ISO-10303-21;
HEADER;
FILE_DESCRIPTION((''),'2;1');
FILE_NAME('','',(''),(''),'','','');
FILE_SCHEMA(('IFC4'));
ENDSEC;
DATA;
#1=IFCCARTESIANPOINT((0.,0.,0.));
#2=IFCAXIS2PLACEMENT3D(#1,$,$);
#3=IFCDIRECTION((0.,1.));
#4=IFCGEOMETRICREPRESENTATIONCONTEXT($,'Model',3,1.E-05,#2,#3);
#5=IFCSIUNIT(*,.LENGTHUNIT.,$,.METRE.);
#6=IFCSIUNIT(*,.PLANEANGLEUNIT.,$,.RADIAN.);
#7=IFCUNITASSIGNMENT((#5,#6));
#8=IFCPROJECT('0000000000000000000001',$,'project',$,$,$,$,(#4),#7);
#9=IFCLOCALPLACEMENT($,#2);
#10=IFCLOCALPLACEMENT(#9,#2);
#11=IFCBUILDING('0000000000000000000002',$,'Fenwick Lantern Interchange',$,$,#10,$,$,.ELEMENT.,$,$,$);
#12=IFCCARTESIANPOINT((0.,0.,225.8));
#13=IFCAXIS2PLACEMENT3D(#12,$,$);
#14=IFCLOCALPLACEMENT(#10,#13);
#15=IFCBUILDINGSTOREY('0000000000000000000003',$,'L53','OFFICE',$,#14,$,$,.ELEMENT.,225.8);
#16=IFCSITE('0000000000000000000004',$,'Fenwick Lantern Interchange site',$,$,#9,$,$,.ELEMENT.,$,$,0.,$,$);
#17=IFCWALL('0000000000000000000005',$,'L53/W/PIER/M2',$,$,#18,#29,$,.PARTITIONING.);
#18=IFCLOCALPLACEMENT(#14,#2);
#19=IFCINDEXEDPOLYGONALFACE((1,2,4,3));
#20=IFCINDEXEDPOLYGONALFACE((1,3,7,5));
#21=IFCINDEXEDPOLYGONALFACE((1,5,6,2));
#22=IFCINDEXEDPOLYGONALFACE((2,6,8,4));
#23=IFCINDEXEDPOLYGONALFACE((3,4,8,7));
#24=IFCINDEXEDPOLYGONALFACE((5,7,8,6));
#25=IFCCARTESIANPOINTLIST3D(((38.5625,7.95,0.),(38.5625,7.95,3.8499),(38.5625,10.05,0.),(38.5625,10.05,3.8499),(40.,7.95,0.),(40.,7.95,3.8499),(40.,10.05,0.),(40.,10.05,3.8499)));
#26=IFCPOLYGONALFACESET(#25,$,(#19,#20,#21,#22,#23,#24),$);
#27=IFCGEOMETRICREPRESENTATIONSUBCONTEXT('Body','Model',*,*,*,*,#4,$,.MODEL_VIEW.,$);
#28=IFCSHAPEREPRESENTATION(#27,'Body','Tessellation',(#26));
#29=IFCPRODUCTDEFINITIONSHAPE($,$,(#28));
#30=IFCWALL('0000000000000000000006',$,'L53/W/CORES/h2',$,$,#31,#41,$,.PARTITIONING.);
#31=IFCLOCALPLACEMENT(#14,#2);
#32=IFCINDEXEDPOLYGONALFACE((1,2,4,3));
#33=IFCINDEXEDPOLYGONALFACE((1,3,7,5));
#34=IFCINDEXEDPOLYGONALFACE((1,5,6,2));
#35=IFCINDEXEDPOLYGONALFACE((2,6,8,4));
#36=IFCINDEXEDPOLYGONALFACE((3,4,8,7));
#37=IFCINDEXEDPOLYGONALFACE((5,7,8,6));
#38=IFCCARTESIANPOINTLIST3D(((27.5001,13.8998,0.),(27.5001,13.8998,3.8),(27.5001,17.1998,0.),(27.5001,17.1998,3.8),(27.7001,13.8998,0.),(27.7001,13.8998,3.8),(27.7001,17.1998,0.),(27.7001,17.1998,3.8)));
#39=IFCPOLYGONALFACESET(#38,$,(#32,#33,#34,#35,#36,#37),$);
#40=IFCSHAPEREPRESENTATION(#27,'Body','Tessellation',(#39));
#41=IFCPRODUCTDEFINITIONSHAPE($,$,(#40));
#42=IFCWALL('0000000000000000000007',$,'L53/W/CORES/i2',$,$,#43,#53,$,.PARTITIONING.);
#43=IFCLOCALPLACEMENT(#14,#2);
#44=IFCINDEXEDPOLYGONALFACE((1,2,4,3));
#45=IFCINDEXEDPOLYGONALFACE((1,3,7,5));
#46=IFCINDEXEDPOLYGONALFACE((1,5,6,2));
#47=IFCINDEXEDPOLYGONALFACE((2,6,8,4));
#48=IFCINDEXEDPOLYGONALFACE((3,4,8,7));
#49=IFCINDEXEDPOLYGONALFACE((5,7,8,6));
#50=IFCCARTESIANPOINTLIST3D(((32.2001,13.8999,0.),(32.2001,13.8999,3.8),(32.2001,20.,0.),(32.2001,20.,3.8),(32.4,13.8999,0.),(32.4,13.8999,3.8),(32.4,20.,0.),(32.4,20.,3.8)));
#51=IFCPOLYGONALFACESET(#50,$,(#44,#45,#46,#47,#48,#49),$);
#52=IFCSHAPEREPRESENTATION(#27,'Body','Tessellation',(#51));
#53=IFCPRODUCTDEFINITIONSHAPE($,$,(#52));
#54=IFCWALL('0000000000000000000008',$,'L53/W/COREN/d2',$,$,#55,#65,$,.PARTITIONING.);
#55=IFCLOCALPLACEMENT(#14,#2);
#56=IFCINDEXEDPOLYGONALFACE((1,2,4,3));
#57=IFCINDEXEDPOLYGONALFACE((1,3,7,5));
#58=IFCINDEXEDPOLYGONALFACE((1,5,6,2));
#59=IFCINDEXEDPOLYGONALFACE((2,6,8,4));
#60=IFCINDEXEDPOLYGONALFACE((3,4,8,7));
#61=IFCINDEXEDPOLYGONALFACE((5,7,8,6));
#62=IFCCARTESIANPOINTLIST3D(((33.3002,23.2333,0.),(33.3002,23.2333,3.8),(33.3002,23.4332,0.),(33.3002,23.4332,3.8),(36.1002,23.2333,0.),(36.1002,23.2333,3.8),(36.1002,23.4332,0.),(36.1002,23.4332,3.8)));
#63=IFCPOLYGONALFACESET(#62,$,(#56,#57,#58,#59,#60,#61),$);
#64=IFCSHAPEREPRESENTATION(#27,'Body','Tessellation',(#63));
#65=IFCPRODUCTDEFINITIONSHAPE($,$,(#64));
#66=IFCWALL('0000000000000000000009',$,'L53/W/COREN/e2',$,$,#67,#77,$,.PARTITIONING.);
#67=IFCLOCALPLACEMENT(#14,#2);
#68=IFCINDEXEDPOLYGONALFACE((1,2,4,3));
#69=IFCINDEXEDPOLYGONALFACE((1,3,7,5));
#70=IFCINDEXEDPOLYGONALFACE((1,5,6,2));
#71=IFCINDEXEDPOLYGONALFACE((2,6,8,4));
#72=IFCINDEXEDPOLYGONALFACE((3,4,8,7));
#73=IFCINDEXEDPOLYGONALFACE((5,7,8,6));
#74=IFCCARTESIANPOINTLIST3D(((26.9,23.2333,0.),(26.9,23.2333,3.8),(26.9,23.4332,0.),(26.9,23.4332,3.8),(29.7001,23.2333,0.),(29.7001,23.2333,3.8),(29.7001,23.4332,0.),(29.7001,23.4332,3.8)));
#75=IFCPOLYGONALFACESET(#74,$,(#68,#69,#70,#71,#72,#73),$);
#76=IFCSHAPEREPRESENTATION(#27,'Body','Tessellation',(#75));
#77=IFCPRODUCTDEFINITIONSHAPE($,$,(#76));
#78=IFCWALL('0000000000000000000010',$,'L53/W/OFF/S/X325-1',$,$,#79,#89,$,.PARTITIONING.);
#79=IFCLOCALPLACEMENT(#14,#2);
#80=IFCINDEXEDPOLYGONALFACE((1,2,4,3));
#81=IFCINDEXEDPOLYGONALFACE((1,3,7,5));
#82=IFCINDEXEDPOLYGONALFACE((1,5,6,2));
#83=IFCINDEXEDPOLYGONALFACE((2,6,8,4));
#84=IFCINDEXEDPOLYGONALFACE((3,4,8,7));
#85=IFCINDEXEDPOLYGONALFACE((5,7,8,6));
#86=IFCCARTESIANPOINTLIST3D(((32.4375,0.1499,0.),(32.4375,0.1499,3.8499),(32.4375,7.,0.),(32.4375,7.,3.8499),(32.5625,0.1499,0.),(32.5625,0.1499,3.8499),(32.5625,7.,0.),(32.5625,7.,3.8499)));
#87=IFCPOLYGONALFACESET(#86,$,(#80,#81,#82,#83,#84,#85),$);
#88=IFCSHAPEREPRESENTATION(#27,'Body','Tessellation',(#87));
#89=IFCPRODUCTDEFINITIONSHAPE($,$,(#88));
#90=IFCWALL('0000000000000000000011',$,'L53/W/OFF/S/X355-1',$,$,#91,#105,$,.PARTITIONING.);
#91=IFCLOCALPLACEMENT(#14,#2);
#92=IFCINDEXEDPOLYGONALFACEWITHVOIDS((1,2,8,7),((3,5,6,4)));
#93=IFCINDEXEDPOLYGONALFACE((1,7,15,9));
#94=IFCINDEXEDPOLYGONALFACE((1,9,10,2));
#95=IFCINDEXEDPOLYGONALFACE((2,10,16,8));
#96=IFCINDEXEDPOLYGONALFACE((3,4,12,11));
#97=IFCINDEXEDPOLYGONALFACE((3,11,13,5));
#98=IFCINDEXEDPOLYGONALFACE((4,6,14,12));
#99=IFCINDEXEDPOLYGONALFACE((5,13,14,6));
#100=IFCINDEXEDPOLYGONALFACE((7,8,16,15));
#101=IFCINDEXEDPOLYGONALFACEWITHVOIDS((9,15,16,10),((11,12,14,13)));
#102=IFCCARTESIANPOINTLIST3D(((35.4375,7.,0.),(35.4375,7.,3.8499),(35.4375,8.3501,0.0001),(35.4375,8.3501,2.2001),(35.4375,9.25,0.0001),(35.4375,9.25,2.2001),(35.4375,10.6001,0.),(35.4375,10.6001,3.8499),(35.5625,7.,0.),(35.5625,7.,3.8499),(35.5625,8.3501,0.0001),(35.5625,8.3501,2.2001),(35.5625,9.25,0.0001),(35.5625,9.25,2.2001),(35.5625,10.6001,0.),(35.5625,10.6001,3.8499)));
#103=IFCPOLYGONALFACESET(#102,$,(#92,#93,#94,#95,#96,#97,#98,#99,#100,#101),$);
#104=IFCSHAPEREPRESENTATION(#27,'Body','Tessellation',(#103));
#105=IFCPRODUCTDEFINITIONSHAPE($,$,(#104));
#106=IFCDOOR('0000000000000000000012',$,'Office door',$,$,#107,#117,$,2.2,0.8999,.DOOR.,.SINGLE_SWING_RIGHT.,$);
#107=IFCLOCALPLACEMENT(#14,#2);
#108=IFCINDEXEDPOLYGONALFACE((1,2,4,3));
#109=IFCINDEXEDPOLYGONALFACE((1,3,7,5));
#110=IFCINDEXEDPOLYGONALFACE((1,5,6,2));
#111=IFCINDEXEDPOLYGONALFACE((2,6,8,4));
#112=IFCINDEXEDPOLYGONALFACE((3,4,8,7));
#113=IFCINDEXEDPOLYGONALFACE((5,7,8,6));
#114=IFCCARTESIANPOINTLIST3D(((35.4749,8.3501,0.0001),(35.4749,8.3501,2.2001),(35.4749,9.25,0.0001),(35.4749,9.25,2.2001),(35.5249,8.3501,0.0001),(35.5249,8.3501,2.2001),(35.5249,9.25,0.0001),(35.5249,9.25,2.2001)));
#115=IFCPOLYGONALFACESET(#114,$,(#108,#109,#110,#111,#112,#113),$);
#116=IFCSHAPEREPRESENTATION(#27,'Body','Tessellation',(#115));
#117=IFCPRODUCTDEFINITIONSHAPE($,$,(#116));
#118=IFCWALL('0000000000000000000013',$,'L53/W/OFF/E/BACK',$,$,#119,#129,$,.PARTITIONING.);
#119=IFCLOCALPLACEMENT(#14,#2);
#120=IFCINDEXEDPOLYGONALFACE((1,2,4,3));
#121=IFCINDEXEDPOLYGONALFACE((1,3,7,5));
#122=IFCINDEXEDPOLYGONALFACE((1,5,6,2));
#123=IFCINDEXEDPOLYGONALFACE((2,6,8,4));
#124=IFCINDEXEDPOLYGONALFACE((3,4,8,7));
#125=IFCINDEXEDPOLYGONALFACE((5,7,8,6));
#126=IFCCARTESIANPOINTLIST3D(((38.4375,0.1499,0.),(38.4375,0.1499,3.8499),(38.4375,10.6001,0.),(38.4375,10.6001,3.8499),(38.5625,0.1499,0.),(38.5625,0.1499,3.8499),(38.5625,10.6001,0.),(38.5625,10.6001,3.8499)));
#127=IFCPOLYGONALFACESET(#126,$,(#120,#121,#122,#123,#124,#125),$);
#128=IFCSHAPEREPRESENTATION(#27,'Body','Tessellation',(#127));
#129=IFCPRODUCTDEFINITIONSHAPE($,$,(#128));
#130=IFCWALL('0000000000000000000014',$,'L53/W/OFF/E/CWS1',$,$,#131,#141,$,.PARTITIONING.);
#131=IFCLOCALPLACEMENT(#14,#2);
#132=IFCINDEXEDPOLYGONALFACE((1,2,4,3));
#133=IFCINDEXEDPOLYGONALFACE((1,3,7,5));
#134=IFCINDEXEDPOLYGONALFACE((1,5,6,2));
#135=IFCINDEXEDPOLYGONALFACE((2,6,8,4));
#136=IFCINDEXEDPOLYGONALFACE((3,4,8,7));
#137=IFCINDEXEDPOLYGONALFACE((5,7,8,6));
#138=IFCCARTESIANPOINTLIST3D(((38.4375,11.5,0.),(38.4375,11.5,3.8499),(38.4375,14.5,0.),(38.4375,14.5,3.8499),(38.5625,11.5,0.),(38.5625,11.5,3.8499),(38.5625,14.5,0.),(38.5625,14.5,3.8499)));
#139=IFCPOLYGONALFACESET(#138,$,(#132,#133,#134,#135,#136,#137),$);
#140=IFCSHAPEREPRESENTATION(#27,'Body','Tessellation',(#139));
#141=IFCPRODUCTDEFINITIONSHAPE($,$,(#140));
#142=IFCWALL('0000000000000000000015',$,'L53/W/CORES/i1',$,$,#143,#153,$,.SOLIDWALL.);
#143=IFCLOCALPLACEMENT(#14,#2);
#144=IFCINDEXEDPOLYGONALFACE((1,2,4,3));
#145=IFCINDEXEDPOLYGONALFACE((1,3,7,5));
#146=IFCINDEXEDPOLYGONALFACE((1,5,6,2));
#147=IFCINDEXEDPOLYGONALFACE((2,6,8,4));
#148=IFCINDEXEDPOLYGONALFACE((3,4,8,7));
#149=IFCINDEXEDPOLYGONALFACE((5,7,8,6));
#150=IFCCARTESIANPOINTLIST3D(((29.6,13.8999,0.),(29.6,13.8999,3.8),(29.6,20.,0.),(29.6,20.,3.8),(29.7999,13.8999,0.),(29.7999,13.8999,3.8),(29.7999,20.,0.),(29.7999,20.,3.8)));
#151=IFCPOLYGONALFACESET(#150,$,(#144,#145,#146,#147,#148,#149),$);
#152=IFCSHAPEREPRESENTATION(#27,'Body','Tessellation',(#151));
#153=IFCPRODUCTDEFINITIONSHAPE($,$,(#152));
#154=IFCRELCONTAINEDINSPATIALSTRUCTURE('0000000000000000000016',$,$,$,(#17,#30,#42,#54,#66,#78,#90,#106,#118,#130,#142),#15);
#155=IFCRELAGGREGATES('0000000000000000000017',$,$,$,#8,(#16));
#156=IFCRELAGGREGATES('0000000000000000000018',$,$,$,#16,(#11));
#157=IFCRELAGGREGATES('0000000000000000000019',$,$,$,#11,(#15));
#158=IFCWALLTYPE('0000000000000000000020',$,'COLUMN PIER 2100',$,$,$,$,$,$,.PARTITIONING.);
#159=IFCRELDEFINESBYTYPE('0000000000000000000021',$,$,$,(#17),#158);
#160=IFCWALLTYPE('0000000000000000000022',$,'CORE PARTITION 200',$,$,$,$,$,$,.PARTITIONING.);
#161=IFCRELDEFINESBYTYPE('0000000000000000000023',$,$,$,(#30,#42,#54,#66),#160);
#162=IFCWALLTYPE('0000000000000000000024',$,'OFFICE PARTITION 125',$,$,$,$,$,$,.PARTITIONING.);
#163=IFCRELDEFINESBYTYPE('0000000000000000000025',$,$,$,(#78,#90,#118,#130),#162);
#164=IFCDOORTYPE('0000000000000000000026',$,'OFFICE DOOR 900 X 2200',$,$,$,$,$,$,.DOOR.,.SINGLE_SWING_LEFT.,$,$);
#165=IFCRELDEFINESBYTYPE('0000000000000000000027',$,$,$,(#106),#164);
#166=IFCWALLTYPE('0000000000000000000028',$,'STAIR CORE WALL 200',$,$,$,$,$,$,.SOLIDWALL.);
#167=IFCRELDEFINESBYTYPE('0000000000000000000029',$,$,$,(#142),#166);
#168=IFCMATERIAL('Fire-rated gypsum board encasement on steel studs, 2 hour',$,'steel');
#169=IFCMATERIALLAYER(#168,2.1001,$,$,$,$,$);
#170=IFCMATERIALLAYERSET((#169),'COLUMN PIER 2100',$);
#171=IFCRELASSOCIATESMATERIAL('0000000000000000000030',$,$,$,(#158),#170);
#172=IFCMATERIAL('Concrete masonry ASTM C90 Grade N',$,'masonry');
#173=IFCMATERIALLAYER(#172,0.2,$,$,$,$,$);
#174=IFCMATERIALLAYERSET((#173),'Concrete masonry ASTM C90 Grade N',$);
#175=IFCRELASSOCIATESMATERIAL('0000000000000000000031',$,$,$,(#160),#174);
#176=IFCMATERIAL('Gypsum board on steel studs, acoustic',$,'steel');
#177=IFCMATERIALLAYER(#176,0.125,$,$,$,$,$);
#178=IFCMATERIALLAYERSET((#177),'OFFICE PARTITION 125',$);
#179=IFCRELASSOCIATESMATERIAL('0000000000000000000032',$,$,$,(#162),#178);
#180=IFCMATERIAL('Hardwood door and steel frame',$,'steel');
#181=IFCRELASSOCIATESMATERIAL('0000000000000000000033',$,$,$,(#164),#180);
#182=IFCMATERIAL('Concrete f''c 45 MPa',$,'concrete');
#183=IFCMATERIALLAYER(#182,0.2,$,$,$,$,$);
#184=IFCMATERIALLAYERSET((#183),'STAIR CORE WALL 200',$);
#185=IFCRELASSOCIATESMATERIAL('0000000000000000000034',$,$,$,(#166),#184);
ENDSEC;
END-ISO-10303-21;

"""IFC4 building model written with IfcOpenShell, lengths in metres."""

from ifc_helpers import new_model, si_unit, direction, frame, frame_2d, origin, place, context, subcontext, project, spatial, rectangle, extrude, material, layer, layer_set, type_object, element, fill, save


model = new_model("IFC4")

# Units and contexts
model_context = context("Model", 3, precision=1e-05, world=origin(), true_north=direction((0.0, 1.0)))
body_context = subcontext(model_context, "Body", "Model", "MODEL_VIEW")
ifc_project = project(units=[si_unit("LENGTHUNIT", "METRE"), si_unit("PLANEANGLEUNIT", "RADIAN")], contexts=[model_context])

# Site, building, storey
site_placement = place(None, origin())
site = spatial("IfcSite", under=ifc_project, at=site_placement, Name="Fenwick Lantern Interchange site", CompositionType="ELEMENT", RefElevation=0.0)
building_placement = place(site_placement, origin())
building = spatial("IfcBuilding", under=site, at=building_placement, Name="Fenwick Lantern Interchange", CompositionType="ELEMENT")
storey_placement = place(building_placement, frame((0.0, 0.0, 225.8)))
storey = spatial("IfcBuildingStorey", under=building, at=storey_placement, Name="L53", Description="OFFICE", CompositionType="ELEMENT", Elevation=225.8)

# Walls
ifc_material_1 = material(Name="Fire-rated gypsum board encasement on steel studs, 2 hour", Category="steel")
ifc_layer_1 = layer(ifc_material_1, 2.1001)
ifc_layer_set_1 = layer_set([ifc_layer_1], Name="COLUMN PIER 2100")
wall_type_1 = type_object("IfcWallType", Name="COLUMN PIER 2100", PredefinedType="PARTITIONING", material=ifc_layer_set_1)
wall_1_placement = place(storey_placement, frame((38.5625, 9.0, 0.0), z_axis=(0.0, 0.0, 1.0), x_axis=(1.0, 0.0, 0.0)))
element("IfcWall", 1, at=wall_1_placement, inside=storey, type_object=wall_type_1, Name="L53/W/PIER/M2", PredefinedType="PARTITIONING", context=body_context, shape_type="SweptSolid", body=[
    extrude(rectangle(XDim=1.4375, YDim=2.1001, at=frame_2d((0.7188, 0.0))), origin(), (0.0, 0.0, 1.0), 3.8499),
])
ifc_material_2 = material(Name="Concrete masonry ASTM C90 Grade N", Category="masonry")
ifc_layer_2 = layer(ifc_material_2, 0.2)
ifc_layer_set_2 = layer_set([ifc_layer_2], Name="Concrete masonry ASTM C90 Grade N")
wall_type_2 = type_object("IfcWallType", Name="CORE PARTITION 200", PredefinedType="PARTITIONING", material=ifc_layer_set_2)
wall_2_placement = place(storey_placement, frame((27.6001, 13.8999, 0.0), z_axis=(0.0, 0.0, 1.0), x_axis=(0.0, 1.0, 0.0)))
element("IfcWall", 2, at=wall_2_placement, inside=storey, type_object=wall_type_2, Name="L53/W/CORES/h2", PredefinedType="PARTITIONING", context=body_context, shape_type="SweptSolid", body=[
    extrude(rectangle(XDim=3.3, YDim=0.2, at=frame_2d((1.6499, 0.0))), origin(), (0.0, 0.0, 1.0), 3.8),
])
wall_3_placement = place(storey_placement, frame((32.3, 13.8999, 0.0), z_axis=(0.0, 0.0, 1.0), x_axis=(0.0, 1.0, 0.0)))
element("IfcWall", 3, at=wall_3_placement, inside=storey, type_object=wall_type_2, Name="L53/W/CORES/i2", PredefinedType="PARTITIONING", context=body_context, shape_type="SweptSolid", body=[
    extrude(rectangle(XDim=6.1001, YDim=0.2, at=frame_2d((3.05, 0.0))), origin(), (0.0, 0.0, 1.0), 3.8),
])
for number, where, z_axis, x_axis, name in (
    (4, (36.1001, 23.3333, 0.0), (0.0, 0.0, 1.0), (-1.0, 0.0, 0.0), "L53/W/COREN/d2"),
    (5, (29.7, 23.3333, 0.0), (0.0, 0.0, 1.0), (-1.0, 0.0, 0.0), "L53/W/COREN/e2"),
):
    element("IfcWall", number, at=place(storey_placement, frame(where, z_axis=z_axis, x_axis=x_axis)), inside=storey, type_object=wall_type_2, Name=name, PredefinedType="PARTITIONING", context=body_context, shape_type="SweptSolid", body=[
        extrude(rectangle(XDim=2.8, YDim=0.2, at=frame_2d((1.3999, 0.0))), origin(), (0.0, 0.0, 1.0), 3.8),
    ])

# Shared definitions
ifc_material_3 = material(Name="Hardwood door and steel frame", Category="steel")

# Wall
ifc_material_4 = material(Name="Gypsum board on steel studs, acoustic", Category="steel")
ifc_layer_3 = layer(ifc_material_4, 0.125)
ifc_layer_set_3 = layer_set([ifc_layer_3], Name="OFFICE PARTITION 125")
wall_type_3 = type_object("IfcWallType", Name="OFFICE PARTITION 125", PredefinedType="PARTITIONING", material=ifc_layer_set_3)
wall_4_placement = place(storey_placement, frame((32.5, 0.1499, 0.0), z_axis=(0.0, 0.0, 1.0), x_axis=(0.0, 1.0, 0.0)))
element("IfcWall", 6, at=wall_4_placement, inside=storey, type_object=wall_type_3, Name="L53/W/OFF/S/X325-1", PredefinedType="PARTITIONING", context=body_context, shape_type="SweptSolid", body=[
    extrude(rectangle(XDim=6.8501, YDim=0.125, at=frame_2d((3.425, 0.0))), origin(), (0.0, 0.0, 1.0), 3.8499),
])

# Wall, opening, door
wall_5_placement = place(storey_placement, frame((35.5, 7.0, 0.0), z_axis=(0.0, 0.0, 1.0), x_axis=(0.0, 1.0, 0.0)))
wall_5 = element("IfcWall", 7, at=wall_5_placement, inside=storey, type_object=wall_type_3, Name="L53/W/OFF/S/X355-1", PredefinedType="PARTITIONING", context=body_context, shape_type="SweptSolid", body=[
    extrude(rectangle(XDim=3.6001, YDim=0.125, at=frame_2d((1.8, 0.0))), origin(), (0.0, 0.0, 1.0), 3.8499),
])
opening_1_placement = place(wall_5_placement, frame((1.3501, 0.0, 0.0)))
opening_1 = element("IfcOpeningElement", 8, at=opening_1_placement, cuts=wall_5, PredefinedType="OPENING", context=body_context, shape_type="SweptSolid", body=[
    extrude(rectangle(XDim=0.8999, YDim=2.2, at=frame_2d((0.45, 1.1001))), frame((0.0, 0.0725, 0.0), z_axis=(0.0, -1.0, 0.0), x_axis=(1.0, 0.0, 0.0)), (0.0, 0.0, 1.0), 0.145),
])
door_type_1 = type_object("IfcDoorType", Name="OFFICE DOOR 900 X 2200", OperationType="SINGLE_SWING_LEFT", PredefinedType="DOOR", material=ifc_material_3)
door_1_placement = place(opening_1_placement, frame((0.8999, 0.0, 0.0), z_axis=(0.0, 0.0, 1.0), x_axis=(-1.0, 0.0, 0.0)))
door_1 = element("IfcDoor", 9, at=door_1_placement, inside=storey, type_object=door_type_1, Name="Office door", OperationType="SINGLE_SWING_RIGHT", OverallHeight=2.2, OverallWidth=0.8999, PredefinedType="DOOR", context=body_context, shape_type="SweptSolid", body=[
    extrude(rectangle(XDim=0.8999, YDim=2.2, at=frame_2d((0.45, 1.1001))), frame((0.0, 0.0249, 0.0), z_axis=(0.0, -1.0, 0.0), x_axis=(1.0, 0.0, 0.0)), (0.0, 0.0, 1.0), 0.05),
])
fill(opening_1, door_1)

# Walls
wall_6_placement = place(storey_placement, frame((38.5, 0.1499, 0.0), z_axis=(0.0, 0.0, 1.0), x_axis=(0.0, 1.0, 0.0)))
element("IfcWall", 10, at=wall_6_placement, inside=storey, type_object=wall_type_3, Name="L53/W/OFF/E/BACK", PredefinedType="PARTITIONING", context=body_context, shape_type="SweptSolid", body=[
    extrude(rectangle(XDim=10.4502, YDim=0.125, at=frame_2d((5.2251, 0.0))), origin(), (0.0, 0.0, 1.0), 3.8499),
])
wall_7_placement = place(storey_placement, frame((38.5, 11.5, 0.0), z_axis=(0.0, 0.0, 1.0), x_axis=(0.0, 1.0, 0.0)))
element("IfcWall", 11, at=wall_7_placement, inside=storey, type_object=wall_type_3, Name="L53/W/OFF/E/CWS1", PredefinedType="PARTITIONING", context=body_context, shape_type="SweptSolid", body=[
    extrude(rectangle(XDim=3.0, YDim=0.125, at=frame_2d((1.5, 0.0))), origin(), (0.0, 0.0, 1.0), 3.8499),
])
ifc_material_5 = material(Name="Concrete f'c 45 MPa", Category="concrete")
ifc_layer_4 = layer(ifc_material_5, 0.2)
ifc_layer_set_4 = layer_set([ifc_layer_4], Name="STAIR CORE WALL 200")
wall_type_4 = type_object("IfcWallType", Name="STAIR CORE WALL 200", PredefinedType="SOLIDWALL", material=ifc_layer_set_4)
wall_8_placement = place(storey_placement, frame((29.7, 13.8999, 0.0), z_axis=(0.0, 0.0, 1.0), x_axis=(0.0, 1.0, 0.0)))
element("IfcWall", 12, at=wall_8_placement, inside=storey, type_object=wall_type_4, Name="L53/W/CORES/i1", PredefinedType="SOLIDWALL", context=body_context, shape_type="SweptSolid", body=[
    extrude(rectangle(XDim=6.1001, YDim=0.2, at=frame_2d((3.05, 0.0))), origin(), (0.0, 0.0, 1.0), 3.8),
])

save(model, "model.ifc")
